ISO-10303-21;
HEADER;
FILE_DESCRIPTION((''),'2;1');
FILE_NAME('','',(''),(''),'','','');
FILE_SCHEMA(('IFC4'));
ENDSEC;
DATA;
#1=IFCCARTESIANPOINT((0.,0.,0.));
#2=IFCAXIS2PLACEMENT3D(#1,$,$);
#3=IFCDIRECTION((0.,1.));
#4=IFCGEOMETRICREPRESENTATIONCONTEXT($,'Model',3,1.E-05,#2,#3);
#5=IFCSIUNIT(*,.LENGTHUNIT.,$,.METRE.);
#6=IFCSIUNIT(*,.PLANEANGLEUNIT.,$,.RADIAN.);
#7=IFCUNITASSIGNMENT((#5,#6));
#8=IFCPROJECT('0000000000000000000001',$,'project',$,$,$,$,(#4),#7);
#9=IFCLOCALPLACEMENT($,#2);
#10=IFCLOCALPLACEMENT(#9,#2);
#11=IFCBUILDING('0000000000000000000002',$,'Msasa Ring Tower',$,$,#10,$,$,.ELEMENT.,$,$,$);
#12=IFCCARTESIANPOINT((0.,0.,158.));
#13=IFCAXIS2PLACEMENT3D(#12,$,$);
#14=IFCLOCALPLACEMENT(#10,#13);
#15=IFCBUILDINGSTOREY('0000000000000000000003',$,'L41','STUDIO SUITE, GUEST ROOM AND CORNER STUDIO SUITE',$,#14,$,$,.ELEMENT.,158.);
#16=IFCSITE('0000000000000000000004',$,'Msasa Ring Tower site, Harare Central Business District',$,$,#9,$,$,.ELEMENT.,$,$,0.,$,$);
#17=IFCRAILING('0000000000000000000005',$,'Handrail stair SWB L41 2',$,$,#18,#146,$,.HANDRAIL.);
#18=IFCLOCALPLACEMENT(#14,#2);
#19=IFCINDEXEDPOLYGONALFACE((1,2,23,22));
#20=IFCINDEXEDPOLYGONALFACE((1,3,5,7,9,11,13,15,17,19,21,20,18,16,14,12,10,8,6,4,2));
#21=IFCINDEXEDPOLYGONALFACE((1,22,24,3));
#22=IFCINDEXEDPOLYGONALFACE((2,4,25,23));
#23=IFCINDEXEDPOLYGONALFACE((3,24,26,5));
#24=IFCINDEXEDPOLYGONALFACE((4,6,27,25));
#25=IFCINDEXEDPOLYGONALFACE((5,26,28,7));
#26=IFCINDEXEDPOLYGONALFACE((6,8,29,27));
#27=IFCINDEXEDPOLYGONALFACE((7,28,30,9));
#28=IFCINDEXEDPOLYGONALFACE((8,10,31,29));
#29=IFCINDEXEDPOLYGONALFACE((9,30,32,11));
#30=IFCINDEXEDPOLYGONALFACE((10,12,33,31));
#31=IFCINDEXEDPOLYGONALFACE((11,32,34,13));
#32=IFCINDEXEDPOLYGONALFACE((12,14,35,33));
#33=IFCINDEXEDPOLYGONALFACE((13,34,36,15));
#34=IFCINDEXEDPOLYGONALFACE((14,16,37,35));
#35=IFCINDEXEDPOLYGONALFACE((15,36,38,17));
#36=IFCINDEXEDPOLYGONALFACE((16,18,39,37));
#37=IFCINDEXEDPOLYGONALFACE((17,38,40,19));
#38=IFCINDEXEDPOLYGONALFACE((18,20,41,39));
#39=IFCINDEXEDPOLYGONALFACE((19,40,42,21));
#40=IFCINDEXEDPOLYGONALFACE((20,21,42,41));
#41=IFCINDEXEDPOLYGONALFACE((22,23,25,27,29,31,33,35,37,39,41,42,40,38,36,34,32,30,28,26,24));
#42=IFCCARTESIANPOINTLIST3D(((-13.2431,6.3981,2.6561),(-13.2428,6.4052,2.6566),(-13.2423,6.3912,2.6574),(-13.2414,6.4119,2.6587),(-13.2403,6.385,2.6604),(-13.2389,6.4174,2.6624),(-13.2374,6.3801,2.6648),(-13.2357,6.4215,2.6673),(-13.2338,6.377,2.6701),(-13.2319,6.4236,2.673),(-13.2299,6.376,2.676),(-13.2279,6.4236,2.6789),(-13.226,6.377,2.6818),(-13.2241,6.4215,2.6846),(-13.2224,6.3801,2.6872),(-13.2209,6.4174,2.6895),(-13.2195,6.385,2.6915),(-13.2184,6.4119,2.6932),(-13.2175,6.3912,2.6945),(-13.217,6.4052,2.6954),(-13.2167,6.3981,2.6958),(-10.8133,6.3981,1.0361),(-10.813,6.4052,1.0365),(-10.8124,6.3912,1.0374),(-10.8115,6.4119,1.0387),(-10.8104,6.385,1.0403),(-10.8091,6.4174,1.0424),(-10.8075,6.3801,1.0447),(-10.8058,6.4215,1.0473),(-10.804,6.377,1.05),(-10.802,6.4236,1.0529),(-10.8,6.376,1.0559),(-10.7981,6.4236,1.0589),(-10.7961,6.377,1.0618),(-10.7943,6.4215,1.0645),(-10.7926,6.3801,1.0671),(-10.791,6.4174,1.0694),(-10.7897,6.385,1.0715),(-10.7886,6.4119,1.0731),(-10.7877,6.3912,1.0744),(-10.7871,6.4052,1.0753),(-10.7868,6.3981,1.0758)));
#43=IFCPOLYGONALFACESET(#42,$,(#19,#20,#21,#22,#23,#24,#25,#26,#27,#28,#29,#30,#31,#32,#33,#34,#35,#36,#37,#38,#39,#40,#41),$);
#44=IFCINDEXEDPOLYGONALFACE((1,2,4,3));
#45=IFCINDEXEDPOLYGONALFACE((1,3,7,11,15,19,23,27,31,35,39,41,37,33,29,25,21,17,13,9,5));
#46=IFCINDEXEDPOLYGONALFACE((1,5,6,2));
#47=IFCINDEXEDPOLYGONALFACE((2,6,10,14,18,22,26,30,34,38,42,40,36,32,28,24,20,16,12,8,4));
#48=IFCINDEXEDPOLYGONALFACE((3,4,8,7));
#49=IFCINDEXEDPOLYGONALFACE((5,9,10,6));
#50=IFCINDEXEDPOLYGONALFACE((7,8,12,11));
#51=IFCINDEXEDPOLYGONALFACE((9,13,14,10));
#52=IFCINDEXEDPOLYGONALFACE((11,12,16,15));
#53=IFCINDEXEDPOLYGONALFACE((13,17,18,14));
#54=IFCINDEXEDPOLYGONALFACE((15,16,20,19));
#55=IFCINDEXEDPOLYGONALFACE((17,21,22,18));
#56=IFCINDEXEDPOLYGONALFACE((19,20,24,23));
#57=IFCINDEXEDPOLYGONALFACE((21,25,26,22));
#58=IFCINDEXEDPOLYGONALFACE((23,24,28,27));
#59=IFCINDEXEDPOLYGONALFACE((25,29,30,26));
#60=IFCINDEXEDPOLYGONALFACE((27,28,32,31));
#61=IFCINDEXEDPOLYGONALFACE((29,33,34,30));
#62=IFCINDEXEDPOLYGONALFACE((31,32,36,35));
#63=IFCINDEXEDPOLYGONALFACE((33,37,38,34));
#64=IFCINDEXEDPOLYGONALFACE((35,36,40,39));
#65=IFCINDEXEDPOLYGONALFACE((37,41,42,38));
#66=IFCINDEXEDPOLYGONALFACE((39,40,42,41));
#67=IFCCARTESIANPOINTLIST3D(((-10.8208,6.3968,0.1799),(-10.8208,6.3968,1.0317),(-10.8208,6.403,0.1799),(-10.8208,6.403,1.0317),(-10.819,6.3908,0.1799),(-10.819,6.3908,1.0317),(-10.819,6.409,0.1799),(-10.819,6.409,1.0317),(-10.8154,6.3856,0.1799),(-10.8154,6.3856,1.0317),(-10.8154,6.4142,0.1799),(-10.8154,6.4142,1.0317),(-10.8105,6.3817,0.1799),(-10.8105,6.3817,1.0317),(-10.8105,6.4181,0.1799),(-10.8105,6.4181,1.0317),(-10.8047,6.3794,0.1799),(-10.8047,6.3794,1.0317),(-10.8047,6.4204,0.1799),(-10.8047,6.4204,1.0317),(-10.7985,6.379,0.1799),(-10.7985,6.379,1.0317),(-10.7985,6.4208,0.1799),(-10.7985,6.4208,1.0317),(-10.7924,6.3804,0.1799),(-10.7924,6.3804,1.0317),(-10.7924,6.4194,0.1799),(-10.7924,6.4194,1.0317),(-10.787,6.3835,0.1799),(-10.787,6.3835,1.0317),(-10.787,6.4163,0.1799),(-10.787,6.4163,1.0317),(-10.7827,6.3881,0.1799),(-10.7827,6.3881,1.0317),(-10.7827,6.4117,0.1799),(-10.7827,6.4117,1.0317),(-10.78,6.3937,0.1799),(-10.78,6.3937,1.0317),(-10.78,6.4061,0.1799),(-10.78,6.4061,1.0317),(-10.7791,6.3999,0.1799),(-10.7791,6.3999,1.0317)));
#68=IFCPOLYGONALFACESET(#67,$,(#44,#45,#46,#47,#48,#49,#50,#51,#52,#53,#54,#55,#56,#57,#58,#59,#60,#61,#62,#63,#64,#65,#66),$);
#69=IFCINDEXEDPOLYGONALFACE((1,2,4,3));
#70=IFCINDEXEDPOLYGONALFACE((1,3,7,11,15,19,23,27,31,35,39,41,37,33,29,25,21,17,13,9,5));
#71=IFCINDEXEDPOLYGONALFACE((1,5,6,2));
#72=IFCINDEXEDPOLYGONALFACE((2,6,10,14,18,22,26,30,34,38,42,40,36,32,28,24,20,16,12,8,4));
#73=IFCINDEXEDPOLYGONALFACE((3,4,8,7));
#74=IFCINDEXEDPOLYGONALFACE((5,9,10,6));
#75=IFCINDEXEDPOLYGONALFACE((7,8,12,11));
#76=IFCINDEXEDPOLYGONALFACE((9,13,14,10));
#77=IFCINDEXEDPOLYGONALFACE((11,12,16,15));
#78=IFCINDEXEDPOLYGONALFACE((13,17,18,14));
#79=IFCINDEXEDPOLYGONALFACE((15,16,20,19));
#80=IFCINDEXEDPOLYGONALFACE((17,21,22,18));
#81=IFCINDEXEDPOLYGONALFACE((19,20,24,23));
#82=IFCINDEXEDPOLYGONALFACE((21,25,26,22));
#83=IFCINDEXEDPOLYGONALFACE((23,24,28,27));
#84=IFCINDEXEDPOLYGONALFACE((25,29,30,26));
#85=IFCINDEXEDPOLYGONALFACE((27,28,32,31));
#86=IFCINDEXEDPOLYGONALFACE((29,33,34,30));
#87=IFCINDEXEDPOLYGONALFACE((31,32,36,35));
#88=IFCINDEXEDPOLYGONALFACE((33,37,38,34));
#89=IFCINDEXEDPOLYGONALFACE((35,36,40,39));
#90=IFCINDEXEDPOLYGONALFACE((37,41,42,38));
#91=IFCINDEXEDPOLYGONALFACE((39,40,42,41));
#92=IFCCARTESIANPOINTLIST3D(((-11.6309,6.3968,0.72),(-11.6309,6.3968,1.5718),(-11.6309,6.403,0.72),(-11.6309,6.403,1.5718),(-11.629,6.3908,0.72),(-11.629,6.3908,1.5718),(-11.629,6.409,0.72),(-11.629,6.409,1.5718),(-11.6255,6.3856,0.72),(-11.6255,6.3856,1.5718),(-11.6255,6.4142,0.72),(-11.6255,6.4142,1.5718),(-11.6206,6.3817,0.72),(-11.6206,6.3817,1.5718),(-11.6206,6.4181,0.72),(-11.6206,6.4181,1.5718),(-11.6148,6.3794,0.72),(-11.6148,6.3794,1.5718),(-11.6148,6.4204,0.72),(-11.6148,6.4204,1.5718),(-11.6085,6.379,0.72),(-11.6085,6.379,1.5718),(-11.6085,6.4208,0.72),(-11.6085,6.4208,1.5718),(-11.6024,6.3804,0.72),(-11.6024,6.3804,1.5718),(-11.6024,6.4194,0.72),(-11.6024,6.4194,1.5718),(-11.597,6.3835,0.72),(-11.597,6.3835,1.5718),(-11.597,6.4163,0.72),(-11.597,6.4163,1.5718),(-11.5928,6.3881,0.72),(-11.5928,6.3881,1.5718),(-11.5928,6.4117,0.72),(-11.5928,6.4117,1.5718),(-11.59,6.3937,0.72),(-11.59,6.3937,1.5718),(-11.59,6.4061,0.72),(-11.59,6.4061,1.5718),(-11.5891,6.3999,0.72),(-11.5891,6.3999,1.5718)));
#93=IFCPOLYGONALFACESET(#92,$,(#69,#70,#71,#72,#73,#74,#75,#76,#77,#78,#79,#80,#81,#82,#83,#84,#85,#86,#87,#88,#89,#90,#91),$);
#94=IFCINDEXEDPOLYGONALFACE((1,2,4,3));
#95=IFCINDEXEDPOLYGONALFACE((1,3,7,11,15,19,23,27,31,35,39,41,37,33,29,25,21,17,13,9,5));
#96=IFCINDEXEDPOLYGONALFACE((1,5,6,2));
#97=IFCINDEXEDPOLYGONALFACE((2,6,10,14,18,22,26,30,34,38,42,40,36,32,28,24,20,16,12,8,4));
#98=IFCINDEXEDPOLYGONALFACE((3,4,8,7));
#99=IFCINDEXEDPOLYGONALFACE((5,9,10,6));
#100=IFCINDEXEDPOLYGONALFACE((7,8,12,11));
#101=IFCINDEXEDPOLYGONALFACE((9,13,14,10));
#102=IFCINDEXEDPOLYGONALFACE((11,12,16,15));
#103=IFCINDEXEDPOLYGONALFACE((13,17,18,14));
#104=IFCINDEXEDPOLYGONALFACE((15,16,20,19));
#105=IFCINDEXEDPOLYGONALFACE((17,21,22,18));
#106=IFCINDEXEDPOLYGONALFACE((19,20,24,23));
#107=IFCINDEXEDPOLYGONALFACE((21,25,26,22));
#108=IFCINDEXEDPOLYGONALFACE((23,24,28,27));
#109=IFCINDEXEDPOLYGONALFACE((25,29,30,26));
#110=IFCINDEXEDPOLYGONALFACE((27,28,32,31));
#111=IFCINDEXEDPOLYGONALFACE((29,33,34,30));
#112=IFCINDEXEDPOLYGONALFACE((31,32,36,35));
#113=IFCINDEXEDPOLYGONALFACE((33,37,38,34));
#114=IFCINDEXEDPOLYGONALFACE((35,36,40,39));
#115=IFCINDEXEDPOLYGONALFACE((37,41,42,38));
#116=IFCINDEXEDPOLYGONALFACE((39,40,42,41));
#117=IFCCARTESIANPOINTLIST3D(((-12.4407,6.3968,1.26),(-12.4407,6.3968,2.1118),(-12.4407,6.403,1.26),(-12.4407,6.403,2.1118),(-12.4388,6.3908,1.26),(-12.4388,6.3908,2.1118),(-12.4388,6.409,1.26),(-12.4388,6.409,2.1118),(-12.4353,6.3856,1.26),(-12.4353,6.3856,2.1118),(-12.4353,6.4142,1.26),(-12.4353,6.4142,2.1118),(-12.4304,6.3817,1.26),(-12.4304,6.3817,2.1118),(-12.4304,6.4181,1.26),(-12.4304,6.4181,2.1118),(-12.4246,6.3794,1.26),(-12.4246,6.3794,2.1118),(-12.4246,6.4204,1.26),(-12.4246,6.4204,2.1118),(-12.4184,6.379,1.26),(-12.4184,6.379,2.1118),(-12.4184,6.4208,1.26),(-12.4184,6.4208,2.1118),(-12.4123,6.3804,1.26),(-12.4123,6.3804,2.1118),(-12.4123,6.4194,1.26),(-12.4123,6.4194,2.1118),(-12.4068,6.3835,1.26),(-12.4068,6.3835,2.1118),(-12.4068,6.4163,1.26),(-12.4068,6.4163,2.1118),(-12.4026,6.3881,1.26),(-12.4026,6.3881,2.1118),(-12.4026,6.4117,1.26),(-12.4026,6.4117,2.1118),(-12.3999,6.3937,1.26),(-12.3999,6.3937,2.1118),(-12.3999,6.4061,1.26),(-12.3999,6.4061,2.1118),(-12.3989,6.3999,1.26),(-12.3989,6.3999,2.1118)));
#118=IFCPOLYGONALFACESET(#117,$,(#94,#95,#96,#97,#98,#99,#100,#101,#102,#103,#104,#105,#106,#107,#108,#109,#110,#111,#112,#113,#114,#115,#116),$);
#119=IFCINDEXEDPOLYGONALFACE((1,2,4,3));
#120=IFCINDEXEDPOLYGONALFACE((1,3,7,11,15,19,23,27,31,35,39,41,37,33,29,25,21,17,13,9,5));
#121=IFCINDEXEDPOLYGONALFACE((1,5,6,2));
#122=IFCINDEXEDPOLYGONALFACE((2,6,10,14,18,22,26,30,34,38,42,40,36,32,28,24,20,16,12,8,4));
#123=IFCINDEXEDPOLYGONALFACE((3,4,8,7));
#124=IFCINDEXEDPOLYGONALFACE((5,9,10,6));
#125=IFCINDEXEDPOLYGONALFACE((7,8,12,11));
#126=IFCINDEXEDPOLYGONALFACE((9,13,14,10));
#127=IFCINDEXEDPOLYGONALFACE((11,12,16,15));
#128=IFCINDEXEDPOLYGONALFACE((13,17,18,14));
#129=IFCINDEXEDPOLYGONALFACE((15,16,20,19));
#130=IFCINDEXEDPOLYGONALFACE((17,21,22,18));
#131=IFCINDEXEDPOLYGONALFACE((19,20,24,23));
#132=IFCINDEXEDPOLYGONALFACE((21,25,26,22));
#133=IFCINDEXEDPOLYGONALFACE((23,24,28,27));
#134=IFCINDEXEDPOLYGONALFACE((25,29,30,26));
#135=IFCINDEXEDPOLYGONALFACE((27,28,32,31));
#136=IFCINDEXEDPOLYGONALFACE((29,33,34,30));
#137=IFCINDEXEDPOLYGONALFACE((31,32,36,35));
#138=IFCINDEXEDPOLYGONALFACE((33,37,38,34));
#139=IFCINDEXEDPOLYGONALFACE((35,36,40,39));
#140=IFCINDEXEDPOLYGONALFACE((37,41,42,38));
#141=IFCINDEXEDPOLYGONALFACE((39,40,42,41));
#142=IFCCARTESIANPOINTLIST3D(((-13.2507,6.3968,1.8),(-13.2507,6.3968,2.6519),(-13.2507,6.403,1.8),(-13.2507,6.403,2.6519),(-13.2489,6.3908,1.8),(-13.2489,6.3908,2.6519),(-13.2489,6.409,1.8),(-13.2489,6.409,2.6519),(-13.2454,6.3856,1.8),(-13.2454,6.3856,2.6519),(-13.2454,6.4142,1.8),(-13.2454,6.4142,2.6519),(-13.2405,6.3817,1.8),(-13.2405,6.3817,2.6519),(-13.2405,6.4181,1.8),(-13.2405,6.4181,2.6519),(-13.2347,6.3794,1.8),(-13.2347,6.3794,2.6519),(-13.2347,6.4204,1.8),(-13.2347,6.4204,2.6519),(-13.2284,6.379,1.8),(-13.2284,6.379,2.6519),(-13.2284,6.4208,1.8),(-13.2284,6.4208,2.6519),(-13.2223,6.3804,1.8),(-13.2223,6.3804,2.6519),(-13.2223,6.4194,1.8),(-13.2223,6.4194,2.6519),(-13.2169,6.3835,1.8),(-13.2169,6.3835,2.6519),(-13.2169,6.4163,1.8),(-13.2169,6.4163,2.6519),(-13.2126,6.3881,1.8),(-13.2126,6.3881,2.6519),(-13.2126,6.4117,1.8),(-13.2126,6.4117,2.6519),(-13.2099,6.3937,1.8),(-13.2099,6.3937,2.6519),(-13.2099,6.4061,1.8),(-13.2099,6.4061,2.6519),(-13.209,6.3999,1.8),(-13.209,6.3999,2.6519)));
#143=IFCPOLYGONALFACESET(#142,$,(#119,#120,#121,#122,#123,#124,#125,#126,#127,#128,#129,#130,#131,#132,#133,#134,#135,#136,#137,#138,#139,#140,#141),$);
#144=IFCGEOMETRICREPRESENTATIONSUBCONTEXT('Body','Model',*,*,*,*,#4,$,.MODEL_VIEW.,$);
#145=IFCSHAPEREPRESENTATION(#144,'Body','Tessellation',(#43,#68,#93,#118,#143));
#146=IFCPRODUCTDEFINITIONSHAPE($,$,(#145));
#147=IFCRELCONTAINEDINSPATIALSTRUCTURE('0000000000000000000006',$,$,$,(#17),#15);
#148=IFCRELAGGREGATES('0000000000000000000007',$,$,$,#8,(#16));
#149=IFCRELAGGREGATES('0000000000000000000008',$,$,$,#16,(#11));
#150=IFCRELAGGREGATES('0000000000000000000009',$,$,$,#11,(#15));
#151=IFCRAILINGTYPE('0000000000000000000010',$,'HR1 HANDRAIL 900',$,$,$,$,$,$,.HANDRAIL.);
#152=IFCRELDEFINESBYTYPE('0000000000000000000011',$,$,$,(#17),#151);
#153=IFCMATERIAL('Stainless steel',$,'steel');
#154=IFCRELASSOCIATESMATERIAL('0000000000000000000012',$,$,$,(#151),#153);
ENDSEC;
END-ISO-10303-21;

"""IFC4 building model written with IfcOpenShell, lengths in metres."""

from ifc_helpers import new_model, si_unit, direction, frame, origin, origin_2d, place, context, subcontext, project, spatial, circle, extrude, material, type_object, element, save


model = new_model("IFC4")

# Units and contexts
model_context = context("Model", 3, precision=1e-05, world=origin(), true_north=direction((0.0, 1.0)))
body_context = subcontext(model_context, "Body", "Model", "MODEL_VIEW")
ifc_project = project(units=[si_unit("LENGTHUNIT", "METRE"), si_unit("PLANEANGLEUNIT", "RADIAN")], contexts=[model_context])

# Site, building, storey
site_placement = place(None, origin())
site = spatial("IfcSite", under=ifc_project, at=site_placement, Name="Msasa Ring Tower site, Harare Central Business District", CompositionType="ELEMENT", RefElevation=0.0)
building_placement = place(site_placement, origin())
building = spatial("IfcBuilding", under=site, at=building_placement, Name="Msasa Ring Tower", CompositionType="ELEMENT")
storey_placement = place(building_placement, frame((0.0, 0.0, 158.0)))
storey = spatial("IfcBuildingStorey", under=building, at=storey_placement, Name="L41", Description="STUDIO SUITE, GUEST ROOM AND CORNER STUDIO SUITE", CompositionType="ELEMENT", Elevation=158.0)

# Railing
ifc_material_1 = material(Name="Stainless steel", Category="steel")
railing_type = type_object("IfcRailingType", Name="HR1 HANDRAIL 900", PredefinedType="HANDRAIL", material=ifc_material_1)
for number, where, name in (
    (1, (-10.8, 6.3999, 0.1799), "Handrail stair SWB L41 2"),
):
    element("IfcRailing", number, at=place(storey_placement, frame(where)), inside=storey, type_object=railing_type, Name=name, PredefinedType="HANDRAIL", context=body_context, shape_type="SweptSolid", body=[
        extrude(circle(Radius=0.0239, at=origin_2d()), frame((0.0, 0.0, 0.876), z_axis=(-0.832025, 0.0, 0.554739), x_axis=(0.0, -1.0, 0.0)), (0.0, 0.0, 1.0), 2.9204),
        extrude(circle(Radius=0.021, at=origin_2d()), origin(), (0.0, 0.0, 1.0), 0.8518),
        extrude(circle(Radius=0.021, at=origin_2d()), frame((-0.8101, 0.0, 0.54)), (0.0, 0.0, 1.0), 0.8518),
        extrude(circle(Radius=0.021, at=origin_2d()), frame((-1.6199, 0.0, 1.0801)), (0.0, 0.0, 1.0), 0.8518),
        extrude(circle(Radius=0.021, at=origin_2d()), frame((-2.4299, 0.0, 1.6201)), (0.0, 0.0, 1.0), 0.8518),
    ])

save(model, "model.ifc")
